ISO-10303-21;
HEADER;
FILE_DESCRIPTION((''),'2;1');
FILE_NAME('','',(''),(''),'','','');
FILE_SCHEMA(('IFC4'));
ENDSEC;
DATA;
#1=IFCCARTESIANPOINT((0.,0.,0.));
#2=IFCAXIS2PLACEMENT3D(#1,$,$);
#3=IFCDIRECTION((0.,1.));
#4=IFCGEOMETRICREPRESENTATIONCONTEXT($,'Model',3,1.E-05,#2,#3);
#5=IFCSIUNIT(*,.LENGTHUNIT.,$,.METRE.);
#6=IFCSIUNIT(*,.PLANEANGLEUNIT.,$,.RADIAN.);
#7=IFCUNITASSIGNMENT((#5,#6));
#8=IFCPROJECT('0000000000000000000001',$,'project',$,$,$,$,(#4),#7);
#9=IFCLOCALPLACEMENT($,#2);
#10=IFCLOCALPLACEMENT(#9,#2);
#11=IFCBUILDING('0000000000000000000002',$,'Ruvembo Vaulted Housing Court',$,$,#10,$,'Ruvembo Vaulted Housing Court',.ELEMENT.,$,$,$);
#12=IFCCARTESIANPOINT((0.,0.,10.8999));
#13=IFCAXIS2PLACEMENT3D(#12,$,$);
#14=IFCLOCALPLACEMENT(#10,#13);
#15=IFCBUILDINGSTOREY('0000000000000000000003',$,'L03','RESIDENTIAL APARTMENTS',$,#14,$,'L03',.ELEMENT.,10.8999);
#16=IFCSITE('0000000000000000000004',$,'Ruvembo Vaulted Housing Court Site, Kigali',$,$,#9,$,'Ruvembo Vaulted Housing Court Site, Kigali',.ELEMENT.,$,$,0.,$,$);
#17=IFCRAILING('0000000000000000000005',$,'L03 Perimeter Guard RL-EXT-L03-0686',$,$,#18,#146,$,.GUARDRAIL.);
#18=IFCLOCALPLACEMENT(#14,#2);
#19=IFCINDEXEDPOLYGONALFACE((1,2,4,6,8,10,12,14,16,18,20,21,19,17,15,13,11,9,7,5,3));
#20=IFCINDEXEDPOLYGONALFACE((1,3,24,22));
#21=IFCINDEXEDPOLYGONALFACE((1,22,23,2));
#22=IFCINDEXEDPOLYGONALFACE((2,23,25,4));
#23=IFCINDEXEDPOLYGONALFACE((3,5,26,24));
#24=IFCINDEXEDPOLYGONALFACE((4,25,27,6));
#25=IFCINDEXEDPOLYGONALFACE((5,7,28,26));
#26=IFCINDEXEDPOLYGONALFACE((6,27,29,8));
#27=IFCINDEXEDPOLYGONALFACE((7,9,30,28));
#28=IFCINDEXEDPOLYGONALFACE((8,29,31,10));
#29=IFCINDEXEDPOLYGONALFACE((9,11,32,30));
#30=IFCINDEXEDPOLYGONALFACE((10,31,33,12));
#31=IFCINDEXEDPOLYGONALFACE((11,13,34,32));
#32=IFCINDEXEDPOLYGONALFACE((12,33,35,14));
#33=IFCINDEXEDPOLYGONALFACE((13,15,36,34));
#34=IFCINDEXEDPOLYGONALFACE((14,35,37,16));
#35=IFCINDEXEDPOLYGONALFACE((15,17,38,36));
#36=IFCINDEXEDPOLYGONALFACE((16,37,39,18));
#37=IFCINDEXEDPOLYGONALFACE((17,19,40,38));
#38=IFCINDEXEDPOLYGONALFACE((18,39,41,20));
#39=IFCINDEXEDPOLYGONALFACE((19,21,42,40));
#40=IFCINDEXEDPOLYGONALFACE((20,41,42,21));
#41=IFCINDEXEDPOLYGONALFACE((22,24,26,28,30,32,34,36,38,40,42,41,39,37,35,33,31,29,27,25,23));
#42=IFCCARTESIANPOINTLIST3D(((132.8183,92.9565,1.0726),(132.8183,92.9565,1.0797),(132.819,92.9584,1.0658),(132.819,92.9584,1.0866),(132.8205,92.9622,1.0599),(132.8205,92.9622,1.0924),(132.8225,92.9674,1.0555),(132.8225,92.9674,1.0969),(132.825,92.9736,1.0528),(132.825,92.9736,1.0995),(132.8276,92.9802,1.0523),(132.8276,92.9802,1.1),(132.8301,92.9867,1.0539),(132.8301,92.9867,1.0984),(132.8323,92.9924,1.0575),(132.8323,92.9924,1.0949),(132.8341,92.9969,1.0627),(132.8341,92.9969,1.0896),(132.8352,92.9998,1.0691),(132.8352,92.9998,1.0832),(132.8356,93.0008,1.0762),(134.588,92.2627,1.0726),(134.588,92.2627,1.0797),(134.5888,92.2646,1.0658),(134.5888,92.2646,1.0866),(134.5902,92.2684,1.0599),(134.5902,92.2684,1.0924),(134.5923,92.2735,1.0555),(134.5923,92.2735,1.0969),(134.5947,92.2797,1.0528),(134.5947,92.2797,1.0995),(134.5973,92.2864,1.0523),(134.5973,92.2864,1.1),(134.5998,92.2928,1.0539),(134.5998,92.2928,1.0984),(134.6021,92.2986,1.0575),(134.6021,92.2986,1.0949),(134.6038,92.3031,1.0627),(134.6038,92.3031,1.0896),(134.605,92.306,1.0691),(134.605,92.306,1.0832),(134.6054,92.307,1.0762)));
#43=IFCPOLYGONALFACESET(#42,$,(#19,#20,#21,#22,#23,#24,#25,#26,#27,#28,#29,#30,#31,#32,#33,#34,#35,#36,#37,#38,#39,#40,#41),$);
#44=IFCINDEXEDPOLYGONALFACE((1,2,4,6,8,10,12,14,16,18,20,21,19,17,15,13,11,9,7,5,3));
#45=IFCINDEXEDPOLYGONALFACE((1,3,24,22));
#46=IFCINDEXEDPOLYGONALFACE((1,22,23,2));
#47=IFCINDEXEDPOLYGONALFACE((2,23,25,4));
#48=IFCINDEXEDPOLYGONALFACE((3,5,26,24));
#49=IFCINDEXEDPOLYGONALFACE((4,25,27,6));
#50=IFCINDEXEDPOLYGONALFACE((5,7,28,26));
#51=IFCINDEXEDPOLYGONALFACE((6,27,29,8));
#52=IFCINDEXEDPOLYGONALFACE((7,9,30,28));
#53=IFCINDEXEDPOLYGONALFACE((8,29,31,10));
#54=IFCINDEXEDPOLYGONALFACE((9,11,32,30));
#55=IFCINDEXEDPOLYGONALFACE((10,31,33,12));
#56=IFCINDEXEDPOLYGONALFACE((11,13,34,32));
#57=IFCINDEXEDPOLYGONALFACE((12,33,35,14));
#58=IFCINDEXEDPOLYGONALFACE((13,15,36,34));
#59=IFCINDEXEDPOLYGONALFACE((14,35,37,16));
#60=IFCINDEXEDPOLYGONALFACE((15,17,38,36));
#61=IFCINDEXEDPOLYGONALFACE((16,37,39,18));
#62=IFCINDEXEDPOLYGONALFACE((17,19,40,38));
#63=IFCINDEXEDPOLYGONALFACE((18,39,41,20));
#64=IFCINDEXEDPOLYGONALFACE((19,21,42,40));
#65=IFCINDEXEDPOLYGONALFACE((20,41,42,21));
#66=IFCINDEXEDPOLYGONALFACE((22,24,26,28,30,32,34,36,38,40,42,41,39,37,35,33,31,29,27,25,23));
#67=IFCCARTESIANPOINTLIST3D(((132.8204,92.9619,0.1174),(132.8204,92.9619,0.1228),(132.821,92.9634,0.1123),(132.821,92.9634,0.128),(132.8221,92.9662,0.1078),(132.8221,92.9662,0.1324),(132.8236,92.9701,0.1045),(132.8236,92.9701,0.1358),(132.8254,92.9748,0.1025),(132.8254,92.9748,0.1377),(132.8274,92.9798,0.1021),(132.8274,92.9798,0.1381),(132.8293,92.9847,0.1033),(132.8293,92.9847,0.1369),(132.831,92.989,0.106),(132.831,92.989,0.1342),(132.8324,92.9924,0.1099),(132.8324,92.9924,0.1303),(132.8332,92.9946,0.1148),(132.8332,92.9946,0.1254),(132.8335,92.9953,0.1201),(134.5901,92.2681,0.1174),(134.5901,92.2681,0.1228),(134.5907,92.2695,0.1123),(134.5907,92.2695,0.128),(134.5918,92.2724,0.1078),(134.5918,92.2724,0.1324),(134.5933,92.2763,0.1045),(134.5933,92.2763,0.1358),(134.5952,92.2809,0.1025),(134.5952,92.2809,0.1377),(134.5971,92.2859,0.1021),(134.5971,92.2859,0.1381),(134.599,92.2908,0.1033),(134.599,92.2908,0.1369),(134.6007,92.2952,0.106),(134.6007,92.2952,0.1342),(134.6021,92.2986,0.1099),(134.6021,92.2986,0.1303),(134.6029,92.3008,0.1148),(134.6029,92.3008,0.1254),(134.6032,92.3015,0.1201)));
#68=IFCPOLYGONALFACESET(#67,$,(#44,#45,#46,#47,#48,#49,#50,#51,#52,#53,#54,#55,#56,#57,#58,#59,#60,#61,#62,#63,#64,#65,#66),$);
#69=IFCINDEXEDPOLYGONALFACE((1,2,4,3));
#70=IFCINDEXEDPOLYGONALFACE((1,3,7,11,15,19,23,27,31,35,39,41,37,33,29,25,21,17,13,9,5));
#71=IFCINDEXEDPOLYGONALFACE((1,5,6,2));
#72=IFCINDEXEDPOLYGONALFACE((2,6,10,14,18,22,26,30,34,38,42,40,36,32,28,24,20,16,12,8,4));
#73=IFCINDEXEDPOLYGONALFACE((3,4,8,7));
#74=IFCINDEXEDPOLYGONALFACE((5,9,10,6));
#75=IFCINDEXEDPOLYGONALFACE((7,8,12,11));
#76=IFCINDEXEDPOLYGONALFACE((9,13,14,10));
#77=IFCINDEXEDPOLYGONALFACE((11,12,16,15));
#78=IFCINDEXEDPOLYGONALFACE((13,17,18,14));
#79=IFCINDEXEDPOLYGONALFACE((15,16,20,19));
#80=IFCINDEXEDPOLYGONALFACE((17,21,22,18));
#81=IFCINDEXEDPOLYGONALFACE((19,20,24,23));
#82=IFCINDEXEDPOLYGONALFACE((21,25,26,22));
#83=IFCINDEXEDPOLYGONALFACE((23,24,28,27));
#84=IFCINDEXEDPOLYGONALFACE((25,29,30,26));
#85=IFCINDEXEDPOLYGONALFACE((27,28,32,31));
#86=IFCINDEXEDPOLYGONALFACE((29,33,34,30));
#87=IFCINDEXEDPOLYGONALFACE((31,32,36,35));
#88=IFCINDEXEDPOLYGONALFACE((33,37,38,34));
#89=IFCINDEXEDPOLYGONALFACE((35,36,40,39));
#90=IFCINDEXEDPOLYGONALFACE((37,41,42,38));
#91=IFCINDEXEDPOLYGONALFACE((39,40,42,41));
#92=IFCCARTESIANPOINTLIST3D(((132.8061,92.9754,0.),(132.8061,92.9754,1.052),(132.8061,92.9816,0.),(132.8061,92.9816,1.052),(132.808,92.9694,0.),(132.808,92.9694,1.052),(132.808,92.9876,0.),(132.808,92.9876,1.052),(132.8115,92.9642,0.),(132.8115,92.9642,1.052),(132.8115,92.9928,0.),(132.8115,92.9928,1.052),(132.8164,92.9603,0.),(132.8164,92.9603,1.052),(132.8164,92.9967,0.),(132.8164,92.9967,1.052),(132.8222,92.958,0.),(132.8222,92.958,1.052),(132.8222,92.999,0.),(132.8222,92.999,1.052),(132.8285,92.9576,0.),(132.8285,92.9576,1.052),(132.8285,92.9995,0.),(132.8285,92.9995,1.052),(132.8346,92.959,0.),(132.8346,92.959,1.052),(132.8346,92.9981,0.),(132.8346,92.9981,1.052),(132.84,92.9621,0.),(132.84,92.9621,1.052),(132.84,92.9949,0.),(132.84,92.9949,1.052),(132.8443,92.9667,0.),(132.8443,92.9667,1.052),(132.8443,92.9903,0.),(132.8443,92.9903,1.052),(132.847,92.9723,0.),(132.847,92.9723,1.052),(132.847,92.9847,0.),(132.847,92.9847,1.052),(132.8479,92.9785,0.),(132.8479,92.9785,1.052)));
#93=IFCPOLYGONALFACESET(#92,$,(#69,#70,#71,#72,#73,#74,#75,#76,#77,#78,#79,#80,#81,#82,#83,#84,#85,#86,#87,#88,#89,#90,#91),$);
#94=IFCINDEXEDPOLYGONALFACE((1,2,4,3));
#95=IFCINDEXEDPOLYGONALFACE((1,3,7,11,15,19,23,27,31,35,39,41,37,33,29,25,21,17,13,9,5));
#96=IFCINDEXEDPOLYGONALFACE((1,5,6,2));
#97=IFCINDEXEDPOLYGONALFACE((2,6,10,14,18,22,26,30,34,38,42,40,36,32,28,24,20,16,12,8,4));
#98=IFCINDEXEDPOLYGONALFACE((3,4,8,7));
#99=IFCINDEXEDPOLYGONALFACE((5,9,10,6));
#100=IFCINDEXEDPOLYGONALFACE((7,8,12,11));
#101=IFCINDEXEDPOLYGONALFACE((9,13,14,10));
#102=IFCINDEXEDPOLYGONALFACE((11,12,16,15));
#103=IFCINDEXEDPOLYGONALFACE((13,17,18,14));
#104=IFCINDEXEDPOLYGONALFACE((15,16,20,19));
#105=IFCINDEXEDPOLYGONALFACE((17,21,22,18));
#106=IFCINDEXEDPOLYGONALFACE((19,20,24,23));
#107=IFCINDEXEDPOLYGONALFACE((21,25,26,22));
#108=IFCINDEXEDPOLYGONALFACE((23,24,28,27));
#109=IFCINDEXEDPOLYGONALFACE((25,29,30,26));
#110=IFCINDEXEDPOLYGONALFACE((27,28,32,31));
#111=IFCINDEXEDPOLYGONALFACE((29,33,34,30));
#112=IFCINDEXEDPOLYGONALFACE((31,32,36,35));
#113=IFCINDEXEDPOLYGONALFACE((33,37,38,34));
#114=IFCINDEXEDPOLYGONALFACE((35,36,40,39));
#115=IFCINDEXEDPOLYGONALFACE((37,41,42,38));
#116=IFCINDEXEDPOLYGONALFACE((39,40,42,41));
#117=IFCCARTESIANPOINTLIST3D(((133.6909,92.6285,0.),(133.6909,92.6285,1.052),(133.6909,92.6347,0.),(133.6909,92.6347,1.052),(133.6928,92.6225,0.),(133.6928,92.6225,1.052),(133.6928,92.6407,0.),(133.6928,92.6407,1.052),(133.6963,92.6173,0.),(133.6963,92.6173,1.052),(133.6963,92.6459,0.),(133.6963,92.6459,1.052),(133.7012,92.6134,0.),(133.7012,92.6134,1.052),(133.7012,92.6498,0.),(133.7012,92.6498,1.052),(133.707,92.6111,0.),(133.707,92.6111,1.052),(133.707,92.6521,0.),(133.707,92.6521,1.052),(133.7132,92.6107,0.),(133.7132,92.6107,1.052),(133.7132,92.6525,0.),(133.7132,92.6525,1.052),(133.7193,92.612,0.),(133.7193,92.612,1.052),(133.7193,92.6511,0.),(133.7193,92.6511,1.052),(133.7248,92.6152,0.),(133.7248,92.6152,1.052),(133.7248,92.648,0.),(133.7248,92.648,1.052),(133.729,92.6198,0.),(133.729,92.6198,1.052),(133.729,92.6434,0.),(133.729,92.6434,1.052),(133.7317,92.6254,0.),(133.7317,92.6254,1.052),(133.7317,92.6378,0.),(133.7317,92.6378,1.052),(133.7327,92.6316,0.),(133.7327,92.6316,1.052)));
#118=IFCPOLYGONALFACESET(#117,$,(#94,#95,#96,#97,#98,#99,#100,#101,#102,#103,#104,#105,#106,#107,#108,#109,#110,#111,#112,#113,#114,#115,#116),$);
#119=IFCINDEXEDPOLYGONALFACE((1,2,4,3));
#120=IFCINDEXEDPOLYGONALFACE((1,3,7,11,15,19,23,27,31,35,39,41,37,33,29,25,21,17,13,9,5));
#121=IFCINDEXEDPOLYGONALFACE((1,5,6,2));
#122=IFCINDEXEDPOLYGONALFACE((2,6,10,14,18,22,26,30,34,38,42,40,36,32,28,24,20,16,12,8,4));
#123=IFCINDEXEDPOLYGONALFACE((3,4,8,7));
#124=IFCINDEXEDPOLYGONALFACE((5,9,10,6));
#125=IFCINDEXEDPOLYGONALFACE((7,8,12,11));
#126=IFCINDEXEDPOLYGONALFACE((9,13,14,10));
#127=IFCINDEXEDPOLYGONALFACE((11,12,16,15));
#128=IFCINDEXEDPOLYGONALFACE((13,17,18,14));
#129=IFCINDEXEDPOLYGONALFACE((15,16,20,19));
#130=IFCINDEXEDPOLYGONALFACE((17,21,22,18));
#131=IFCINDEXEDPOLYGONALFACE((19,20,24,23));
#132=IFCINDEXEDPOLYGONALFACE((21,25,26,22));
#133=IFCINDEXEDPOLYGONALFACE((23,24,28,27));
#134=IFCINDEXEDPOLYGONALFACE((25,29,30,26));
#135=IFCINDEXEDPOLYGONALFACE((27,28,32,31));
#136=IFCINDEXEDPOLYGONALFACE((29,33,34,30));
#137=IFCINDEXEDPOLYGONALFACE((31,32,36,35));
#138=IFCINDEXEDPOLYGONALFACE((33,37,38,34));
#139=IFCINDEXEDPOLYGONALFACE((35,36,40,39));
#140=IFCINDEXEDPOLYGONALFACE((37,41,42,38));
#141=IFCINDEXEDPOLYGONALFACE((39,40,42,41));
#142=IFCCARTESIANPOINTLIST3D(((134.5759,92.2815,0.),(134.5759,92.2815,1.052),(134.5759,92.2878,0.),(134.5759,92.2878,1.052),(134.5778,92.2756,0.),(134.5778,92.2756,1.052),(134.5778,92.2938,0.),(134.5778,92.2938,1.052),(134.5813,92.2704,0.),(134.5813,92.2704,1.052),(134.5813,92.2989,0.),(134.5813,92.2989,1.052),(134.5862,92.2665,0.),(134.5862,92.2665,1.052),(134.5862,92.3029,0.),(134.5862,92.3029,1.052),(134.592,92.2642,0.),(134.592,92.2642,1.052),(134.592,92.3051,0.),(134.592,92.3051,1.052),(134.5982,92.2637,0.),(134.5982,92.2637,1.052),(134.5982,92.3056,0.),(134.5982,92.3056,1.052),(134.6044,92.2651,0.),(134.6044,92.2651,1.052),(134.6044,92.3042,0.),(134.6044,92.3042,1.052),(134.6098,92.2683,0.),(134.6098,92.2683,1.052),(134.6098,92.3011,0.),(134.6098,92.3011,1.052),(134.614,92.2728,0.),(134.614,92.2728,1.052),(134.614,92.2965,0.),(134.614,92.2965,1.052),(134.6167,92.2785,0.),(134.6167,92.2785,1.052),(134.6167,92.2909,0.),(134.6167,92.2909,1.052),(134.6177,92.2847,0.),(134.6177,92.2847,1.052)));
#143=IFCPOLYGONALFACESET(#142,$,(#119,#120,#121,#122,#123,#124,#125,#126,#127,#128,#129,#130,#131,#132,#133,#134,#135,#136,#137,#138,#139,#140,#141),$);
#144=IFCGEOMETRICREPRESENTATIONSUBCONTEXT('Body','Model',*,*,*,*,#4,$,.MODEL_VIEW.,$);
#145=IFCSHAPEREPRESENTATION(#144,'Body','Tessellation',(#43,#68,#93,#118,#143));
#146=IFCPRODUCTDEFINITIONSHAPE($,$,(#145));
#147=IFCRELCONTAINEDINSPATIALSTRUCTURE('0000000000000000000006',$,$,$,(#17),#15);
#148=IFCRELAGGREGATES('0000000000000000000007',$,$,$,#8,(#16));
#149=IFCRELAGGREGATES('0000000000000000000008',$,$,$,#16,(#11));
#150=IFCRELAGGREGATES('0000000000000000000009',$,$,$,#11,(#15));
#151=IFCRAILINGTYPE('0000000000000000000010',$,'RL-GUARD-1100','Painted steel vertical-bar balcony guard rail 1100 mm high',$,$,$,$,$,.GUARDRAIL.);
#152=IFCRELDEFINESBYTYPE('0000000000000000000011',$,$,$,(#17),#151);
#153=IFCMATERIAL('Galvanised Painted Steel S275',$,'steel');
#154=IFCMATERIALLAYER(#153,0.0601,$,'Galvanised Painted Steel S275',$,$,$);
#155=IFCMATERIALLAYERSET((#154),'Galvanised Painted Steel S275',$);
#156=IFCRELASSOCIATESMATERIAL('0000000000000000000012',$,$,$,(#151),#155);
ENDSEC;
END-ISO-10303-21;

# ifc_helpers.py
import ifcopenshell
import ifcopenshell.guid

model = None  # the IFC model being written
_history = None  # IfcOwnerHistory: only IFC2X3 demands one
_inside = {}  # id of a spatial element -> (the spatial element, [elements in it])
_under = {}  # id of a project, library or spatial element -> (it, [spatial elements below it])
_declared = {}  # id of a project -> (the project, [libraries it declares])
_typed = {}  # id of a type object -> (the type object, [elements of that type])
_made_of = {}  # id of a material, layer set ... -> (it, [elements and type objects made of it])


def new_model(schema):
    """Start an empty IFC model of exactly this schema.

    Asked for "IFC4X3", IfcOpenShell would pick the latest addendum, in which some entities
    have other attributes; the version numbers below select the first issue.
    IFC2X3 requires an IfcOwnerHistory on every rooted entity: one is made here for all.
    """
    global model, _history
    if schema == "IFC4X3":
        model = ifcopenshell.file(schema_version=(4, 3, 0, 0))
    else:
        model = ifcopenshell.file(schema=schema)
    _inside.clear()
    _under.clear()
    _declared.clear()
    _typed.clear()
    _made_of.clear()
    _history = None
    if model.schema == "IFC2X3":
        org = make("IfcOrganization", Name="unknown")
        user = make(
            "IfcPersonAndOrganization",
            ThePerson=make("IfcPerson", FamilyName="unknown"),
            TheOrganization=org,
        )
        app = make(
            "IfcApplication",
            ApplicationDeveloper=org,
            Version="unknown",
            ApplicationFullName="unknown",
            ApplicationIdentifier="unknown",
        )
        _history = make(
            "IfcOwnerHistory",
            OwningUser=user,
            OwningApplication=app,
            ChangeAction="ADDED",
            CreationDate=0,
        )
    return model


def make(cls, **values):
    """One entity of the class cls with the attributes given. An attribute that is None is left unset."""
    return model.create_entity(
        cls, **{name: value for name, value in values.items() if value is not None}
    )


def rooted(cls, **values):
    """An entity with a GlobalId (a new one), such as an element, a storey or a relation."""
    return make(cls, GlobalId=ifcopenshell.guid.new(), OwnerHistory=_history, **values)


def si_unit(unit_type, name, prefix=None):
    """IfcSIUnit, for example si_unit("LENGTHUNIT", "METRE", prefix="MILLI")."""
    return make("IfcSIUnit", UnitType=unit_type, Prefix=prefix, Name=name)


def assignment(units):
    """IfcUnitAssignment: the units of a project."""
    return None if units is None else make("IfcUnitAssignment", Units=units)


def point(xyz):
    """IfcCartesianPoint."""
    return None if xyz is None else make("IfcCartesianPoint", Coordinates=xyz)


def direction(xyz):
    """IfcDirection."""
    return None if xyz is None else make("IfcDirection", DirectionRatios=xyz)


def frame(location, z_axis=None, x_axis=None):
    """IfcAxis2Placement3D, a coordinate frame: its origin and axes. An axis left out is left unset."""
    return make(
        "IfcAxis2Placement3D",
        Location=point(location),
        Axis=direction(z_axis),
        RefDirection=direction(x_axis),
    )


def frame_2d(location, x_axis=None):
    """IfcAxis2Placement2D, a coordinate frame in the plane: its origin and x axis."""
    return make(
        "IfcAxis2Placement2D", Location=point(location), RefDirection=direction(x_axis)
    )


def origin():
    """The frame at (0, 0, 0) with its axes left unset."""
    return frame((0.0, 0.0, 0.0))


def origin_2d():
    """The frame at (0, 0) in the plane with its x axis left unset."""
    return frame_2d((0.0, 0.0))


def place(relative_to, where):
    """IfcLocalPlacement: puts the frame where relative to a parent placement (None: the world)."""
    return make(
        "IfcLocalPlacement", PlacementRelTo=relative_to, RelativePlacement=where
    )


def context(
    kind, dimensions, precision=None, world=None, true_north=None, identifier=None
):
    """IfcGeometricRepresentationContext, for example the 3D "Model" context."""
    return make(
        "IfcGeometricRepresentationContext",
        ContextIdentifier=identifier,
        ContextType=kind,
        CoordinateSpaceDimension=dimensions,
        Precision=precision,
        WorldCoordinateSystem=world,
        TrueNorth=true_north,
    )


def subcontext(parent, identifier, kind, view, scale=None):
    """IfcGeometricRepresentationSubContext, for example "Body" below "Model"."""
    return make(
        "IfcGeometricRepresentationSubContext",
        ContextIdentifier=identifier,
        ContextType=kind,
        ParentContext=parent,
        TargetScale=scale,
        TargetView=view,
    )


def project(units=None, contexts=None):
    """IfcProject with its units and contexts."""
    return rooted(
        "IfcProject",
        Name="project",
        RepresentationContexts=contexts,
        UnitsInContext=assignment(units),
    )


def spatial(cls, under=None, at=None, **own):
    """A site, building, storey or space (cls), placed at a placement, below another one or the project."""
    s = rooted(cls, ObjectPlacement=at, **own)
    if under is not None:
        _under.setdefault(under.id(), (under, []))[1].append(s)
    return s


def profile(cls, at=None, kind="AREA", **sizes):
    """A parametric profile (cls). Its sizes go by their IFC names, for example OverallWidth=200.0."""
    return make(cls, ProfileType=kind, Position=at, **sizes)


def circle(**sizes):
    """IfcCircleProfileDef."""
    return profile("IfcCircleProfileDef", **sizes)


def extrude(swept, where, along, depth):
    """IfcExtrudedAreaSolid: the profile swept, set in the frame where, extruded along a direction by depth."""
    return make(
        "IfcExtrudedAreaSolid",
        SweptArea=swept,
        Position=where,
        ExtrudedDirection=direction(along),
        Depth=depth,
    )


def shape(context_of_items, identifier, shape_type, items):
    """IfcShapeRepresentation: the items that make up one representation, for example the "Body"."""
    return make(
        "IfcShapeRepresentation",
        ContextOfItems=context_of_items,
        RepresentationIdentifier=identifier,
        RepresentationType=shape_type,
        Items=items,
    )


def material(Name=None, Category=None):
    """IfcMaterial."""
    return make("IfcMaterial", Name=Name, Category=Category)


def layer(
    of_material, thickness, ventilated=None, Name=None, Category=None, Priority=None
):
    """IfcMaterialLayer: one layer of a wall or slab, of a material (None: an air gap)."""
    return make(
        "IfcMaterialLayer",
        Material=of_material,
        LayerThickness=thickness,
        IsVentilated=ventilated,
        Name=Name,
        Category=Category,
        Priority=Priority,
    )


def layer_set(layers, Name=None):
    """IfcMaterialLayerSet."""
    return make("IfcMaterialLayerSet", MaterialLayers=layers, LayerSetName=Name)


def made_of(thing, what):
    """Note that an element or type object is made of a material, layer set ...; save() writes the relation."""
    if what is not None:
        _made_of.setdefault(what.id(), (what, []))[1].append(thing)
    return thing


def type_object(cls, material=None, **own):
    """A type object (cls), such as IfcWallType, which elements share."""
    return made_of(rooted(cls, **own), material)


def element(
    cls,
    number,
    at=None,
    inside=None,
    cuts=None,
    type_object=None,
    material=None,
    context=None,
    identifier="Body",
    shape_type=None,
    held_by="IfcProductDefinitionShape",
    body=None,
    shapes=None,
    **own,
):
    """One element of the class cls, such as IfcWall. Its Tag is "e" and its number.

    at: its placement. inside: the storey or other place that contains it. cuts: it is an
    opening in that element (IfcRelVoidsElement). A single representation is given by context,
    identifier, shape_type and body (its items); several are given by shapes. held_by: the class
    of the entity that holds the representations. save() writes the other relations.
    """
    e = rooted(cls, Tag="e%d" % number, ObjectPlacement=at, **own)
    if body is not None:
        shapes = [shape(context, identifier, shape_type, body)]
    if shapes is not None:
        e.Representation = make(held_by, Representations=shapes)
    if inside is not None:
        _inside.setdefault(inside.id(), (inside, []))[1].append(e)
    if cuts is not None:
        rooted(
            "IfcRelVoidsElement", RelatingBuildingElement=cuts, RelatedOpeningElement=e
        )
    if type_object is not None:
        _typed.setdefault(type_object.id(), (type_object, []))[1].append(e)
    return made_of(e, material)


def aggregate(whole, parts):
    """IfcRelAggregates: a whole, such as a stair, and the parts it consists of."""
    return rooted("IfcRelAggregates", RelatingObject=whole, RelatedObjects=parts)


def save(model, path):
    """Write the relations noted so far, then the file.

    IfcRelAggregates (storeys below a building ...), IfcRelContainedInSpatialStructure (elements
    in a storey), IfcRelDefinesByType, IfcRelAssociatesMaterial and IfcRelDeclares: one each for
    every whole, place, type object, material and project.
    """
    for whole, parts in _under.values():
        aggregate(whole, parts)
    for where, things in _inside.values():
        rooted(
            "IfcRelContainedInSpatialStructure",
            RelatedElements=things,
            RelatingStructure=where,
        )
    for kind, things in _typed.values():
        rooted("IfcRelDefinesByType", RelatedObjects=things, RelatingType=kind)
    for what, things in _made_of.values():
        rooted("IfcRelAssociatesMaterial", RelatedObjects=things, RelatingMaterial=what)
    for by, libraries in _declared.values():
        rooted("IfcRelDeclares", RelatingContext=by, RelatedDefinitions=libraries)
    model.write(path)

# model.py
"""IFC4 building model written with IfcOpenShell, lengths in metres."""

from ifc_helpers import new_model, si_unit, direction, frame, origin, origin_2d, place, context, subcontext, project, spatial, circle, extrude, material, layer, layer_set, type_object, element, save


model = new_model("IFC4")

# Units and contexts
model_context = context("Model", 3, precision=1e-05, world=origin(), true_north=direction((0.0, 1.0)))
body_context = subcontext(model_context, "Body", "Model", "MODEL_VIEW")
ifc_project = project(units=[si_unit("LENGTHUNIT", "METRE"), si_unit("PLANEANGLEUNIT", "RADIAN")], contexts=[model_context])

# Site, building, storey
site_placement = place(None, origin())
site = spatial("IfcSite", under=ifc_project, at=site_placement, Name="Ruvembo Vaulted Housing Court Site, Kigali", LongName="Ruvembo Vaulted Housing Court Site, Kigali", CompositionType="ELEMENT", RefElevation=0.0)
building_placement = place(site_placement, origin())
building = spatial("IfcBuilding", under=site, at=building_placement, Name="Ruvembo Vaulted Housing Court", LongName="Ruvembo Vaulted Housing Court", CompositionType="ELEMENT")
storey_placement = place(building_placement, frame((0.0, 0.0, 10.8999)))
storey = spatial("IfcBuildingStorey", under=building, at=storey_placement, Name="L03", Description="RESIDENTIAL APARTMENTS", LongName="L03", CompositionType="ELEMENT", Elevation=10.8999)

# Railing
ifc_material_1 = material(Name="Galvanised Painted Steel S275", Category="steel")
ifc_layer_1 = layer(ifc_material_1, 0.0601, Name="Galvanised Painted Steel S275")
ifc_layer_set_1 = layer_set([ifc_layer_1], Name="Galvanised Painted Steel S275")
railing_type = type_object("IfcRailingType", Name="RL-GUARD-1100", Description="Painted steel vertical-bar balcony guard rail 1100 mm high", PredefinedType="GUARDRAIL", material=ifc_layer_set_1)
railing_1_placement = place(storey_placement, frame((132.8269, 92.9785, 0.0)))
element("IfcRailing", 1, at=railing_1_placement, inside=storey, type_object=railing_type, Name="L03 Perimeter Guard RL-EXT-L03-0686", PredefinedType="GUARDRAIL", context=body_context, shape_type="SweptSolid", body=[
    extrude(circle(Radius=0.0239, at=origin_2d()), frame((0.0, 0.0, 1.0762), z_axis=(0.931006, -0.365005, 0.0), x_axis=(0.365005, 0.931006, 0.0)), (0.0, 0.0, 1.0), 1.9009),
    extrude(circle(Radius=0.0181, at=origin_2d()), frame((0.0, 0.0, 0.1201), z_axis=(0.931006, -0.365005, 0.0), x_axis=(0.365005, 0.931006, 0.0)), (0.0, 0.0, 1.0), 1.9009),
    extrude(circle(Radius=0.021, at=origin_2d()), origin(), (0.0, 0.0, 1.0), 1.052),
    extrude(circle(Radius=0.021, at=origin_2d()), frame((0.8848, -0.3469, 0.0)), (0.0, 0.0, 1.0), 1.052),
    extrude(circle(Radius=0.021, at=origin_2d()), frame((1.7698, -0.6938, 0.0)), (0.0, 0.0, 1.0), 1.052),
])

save(model, "model.ifc")
